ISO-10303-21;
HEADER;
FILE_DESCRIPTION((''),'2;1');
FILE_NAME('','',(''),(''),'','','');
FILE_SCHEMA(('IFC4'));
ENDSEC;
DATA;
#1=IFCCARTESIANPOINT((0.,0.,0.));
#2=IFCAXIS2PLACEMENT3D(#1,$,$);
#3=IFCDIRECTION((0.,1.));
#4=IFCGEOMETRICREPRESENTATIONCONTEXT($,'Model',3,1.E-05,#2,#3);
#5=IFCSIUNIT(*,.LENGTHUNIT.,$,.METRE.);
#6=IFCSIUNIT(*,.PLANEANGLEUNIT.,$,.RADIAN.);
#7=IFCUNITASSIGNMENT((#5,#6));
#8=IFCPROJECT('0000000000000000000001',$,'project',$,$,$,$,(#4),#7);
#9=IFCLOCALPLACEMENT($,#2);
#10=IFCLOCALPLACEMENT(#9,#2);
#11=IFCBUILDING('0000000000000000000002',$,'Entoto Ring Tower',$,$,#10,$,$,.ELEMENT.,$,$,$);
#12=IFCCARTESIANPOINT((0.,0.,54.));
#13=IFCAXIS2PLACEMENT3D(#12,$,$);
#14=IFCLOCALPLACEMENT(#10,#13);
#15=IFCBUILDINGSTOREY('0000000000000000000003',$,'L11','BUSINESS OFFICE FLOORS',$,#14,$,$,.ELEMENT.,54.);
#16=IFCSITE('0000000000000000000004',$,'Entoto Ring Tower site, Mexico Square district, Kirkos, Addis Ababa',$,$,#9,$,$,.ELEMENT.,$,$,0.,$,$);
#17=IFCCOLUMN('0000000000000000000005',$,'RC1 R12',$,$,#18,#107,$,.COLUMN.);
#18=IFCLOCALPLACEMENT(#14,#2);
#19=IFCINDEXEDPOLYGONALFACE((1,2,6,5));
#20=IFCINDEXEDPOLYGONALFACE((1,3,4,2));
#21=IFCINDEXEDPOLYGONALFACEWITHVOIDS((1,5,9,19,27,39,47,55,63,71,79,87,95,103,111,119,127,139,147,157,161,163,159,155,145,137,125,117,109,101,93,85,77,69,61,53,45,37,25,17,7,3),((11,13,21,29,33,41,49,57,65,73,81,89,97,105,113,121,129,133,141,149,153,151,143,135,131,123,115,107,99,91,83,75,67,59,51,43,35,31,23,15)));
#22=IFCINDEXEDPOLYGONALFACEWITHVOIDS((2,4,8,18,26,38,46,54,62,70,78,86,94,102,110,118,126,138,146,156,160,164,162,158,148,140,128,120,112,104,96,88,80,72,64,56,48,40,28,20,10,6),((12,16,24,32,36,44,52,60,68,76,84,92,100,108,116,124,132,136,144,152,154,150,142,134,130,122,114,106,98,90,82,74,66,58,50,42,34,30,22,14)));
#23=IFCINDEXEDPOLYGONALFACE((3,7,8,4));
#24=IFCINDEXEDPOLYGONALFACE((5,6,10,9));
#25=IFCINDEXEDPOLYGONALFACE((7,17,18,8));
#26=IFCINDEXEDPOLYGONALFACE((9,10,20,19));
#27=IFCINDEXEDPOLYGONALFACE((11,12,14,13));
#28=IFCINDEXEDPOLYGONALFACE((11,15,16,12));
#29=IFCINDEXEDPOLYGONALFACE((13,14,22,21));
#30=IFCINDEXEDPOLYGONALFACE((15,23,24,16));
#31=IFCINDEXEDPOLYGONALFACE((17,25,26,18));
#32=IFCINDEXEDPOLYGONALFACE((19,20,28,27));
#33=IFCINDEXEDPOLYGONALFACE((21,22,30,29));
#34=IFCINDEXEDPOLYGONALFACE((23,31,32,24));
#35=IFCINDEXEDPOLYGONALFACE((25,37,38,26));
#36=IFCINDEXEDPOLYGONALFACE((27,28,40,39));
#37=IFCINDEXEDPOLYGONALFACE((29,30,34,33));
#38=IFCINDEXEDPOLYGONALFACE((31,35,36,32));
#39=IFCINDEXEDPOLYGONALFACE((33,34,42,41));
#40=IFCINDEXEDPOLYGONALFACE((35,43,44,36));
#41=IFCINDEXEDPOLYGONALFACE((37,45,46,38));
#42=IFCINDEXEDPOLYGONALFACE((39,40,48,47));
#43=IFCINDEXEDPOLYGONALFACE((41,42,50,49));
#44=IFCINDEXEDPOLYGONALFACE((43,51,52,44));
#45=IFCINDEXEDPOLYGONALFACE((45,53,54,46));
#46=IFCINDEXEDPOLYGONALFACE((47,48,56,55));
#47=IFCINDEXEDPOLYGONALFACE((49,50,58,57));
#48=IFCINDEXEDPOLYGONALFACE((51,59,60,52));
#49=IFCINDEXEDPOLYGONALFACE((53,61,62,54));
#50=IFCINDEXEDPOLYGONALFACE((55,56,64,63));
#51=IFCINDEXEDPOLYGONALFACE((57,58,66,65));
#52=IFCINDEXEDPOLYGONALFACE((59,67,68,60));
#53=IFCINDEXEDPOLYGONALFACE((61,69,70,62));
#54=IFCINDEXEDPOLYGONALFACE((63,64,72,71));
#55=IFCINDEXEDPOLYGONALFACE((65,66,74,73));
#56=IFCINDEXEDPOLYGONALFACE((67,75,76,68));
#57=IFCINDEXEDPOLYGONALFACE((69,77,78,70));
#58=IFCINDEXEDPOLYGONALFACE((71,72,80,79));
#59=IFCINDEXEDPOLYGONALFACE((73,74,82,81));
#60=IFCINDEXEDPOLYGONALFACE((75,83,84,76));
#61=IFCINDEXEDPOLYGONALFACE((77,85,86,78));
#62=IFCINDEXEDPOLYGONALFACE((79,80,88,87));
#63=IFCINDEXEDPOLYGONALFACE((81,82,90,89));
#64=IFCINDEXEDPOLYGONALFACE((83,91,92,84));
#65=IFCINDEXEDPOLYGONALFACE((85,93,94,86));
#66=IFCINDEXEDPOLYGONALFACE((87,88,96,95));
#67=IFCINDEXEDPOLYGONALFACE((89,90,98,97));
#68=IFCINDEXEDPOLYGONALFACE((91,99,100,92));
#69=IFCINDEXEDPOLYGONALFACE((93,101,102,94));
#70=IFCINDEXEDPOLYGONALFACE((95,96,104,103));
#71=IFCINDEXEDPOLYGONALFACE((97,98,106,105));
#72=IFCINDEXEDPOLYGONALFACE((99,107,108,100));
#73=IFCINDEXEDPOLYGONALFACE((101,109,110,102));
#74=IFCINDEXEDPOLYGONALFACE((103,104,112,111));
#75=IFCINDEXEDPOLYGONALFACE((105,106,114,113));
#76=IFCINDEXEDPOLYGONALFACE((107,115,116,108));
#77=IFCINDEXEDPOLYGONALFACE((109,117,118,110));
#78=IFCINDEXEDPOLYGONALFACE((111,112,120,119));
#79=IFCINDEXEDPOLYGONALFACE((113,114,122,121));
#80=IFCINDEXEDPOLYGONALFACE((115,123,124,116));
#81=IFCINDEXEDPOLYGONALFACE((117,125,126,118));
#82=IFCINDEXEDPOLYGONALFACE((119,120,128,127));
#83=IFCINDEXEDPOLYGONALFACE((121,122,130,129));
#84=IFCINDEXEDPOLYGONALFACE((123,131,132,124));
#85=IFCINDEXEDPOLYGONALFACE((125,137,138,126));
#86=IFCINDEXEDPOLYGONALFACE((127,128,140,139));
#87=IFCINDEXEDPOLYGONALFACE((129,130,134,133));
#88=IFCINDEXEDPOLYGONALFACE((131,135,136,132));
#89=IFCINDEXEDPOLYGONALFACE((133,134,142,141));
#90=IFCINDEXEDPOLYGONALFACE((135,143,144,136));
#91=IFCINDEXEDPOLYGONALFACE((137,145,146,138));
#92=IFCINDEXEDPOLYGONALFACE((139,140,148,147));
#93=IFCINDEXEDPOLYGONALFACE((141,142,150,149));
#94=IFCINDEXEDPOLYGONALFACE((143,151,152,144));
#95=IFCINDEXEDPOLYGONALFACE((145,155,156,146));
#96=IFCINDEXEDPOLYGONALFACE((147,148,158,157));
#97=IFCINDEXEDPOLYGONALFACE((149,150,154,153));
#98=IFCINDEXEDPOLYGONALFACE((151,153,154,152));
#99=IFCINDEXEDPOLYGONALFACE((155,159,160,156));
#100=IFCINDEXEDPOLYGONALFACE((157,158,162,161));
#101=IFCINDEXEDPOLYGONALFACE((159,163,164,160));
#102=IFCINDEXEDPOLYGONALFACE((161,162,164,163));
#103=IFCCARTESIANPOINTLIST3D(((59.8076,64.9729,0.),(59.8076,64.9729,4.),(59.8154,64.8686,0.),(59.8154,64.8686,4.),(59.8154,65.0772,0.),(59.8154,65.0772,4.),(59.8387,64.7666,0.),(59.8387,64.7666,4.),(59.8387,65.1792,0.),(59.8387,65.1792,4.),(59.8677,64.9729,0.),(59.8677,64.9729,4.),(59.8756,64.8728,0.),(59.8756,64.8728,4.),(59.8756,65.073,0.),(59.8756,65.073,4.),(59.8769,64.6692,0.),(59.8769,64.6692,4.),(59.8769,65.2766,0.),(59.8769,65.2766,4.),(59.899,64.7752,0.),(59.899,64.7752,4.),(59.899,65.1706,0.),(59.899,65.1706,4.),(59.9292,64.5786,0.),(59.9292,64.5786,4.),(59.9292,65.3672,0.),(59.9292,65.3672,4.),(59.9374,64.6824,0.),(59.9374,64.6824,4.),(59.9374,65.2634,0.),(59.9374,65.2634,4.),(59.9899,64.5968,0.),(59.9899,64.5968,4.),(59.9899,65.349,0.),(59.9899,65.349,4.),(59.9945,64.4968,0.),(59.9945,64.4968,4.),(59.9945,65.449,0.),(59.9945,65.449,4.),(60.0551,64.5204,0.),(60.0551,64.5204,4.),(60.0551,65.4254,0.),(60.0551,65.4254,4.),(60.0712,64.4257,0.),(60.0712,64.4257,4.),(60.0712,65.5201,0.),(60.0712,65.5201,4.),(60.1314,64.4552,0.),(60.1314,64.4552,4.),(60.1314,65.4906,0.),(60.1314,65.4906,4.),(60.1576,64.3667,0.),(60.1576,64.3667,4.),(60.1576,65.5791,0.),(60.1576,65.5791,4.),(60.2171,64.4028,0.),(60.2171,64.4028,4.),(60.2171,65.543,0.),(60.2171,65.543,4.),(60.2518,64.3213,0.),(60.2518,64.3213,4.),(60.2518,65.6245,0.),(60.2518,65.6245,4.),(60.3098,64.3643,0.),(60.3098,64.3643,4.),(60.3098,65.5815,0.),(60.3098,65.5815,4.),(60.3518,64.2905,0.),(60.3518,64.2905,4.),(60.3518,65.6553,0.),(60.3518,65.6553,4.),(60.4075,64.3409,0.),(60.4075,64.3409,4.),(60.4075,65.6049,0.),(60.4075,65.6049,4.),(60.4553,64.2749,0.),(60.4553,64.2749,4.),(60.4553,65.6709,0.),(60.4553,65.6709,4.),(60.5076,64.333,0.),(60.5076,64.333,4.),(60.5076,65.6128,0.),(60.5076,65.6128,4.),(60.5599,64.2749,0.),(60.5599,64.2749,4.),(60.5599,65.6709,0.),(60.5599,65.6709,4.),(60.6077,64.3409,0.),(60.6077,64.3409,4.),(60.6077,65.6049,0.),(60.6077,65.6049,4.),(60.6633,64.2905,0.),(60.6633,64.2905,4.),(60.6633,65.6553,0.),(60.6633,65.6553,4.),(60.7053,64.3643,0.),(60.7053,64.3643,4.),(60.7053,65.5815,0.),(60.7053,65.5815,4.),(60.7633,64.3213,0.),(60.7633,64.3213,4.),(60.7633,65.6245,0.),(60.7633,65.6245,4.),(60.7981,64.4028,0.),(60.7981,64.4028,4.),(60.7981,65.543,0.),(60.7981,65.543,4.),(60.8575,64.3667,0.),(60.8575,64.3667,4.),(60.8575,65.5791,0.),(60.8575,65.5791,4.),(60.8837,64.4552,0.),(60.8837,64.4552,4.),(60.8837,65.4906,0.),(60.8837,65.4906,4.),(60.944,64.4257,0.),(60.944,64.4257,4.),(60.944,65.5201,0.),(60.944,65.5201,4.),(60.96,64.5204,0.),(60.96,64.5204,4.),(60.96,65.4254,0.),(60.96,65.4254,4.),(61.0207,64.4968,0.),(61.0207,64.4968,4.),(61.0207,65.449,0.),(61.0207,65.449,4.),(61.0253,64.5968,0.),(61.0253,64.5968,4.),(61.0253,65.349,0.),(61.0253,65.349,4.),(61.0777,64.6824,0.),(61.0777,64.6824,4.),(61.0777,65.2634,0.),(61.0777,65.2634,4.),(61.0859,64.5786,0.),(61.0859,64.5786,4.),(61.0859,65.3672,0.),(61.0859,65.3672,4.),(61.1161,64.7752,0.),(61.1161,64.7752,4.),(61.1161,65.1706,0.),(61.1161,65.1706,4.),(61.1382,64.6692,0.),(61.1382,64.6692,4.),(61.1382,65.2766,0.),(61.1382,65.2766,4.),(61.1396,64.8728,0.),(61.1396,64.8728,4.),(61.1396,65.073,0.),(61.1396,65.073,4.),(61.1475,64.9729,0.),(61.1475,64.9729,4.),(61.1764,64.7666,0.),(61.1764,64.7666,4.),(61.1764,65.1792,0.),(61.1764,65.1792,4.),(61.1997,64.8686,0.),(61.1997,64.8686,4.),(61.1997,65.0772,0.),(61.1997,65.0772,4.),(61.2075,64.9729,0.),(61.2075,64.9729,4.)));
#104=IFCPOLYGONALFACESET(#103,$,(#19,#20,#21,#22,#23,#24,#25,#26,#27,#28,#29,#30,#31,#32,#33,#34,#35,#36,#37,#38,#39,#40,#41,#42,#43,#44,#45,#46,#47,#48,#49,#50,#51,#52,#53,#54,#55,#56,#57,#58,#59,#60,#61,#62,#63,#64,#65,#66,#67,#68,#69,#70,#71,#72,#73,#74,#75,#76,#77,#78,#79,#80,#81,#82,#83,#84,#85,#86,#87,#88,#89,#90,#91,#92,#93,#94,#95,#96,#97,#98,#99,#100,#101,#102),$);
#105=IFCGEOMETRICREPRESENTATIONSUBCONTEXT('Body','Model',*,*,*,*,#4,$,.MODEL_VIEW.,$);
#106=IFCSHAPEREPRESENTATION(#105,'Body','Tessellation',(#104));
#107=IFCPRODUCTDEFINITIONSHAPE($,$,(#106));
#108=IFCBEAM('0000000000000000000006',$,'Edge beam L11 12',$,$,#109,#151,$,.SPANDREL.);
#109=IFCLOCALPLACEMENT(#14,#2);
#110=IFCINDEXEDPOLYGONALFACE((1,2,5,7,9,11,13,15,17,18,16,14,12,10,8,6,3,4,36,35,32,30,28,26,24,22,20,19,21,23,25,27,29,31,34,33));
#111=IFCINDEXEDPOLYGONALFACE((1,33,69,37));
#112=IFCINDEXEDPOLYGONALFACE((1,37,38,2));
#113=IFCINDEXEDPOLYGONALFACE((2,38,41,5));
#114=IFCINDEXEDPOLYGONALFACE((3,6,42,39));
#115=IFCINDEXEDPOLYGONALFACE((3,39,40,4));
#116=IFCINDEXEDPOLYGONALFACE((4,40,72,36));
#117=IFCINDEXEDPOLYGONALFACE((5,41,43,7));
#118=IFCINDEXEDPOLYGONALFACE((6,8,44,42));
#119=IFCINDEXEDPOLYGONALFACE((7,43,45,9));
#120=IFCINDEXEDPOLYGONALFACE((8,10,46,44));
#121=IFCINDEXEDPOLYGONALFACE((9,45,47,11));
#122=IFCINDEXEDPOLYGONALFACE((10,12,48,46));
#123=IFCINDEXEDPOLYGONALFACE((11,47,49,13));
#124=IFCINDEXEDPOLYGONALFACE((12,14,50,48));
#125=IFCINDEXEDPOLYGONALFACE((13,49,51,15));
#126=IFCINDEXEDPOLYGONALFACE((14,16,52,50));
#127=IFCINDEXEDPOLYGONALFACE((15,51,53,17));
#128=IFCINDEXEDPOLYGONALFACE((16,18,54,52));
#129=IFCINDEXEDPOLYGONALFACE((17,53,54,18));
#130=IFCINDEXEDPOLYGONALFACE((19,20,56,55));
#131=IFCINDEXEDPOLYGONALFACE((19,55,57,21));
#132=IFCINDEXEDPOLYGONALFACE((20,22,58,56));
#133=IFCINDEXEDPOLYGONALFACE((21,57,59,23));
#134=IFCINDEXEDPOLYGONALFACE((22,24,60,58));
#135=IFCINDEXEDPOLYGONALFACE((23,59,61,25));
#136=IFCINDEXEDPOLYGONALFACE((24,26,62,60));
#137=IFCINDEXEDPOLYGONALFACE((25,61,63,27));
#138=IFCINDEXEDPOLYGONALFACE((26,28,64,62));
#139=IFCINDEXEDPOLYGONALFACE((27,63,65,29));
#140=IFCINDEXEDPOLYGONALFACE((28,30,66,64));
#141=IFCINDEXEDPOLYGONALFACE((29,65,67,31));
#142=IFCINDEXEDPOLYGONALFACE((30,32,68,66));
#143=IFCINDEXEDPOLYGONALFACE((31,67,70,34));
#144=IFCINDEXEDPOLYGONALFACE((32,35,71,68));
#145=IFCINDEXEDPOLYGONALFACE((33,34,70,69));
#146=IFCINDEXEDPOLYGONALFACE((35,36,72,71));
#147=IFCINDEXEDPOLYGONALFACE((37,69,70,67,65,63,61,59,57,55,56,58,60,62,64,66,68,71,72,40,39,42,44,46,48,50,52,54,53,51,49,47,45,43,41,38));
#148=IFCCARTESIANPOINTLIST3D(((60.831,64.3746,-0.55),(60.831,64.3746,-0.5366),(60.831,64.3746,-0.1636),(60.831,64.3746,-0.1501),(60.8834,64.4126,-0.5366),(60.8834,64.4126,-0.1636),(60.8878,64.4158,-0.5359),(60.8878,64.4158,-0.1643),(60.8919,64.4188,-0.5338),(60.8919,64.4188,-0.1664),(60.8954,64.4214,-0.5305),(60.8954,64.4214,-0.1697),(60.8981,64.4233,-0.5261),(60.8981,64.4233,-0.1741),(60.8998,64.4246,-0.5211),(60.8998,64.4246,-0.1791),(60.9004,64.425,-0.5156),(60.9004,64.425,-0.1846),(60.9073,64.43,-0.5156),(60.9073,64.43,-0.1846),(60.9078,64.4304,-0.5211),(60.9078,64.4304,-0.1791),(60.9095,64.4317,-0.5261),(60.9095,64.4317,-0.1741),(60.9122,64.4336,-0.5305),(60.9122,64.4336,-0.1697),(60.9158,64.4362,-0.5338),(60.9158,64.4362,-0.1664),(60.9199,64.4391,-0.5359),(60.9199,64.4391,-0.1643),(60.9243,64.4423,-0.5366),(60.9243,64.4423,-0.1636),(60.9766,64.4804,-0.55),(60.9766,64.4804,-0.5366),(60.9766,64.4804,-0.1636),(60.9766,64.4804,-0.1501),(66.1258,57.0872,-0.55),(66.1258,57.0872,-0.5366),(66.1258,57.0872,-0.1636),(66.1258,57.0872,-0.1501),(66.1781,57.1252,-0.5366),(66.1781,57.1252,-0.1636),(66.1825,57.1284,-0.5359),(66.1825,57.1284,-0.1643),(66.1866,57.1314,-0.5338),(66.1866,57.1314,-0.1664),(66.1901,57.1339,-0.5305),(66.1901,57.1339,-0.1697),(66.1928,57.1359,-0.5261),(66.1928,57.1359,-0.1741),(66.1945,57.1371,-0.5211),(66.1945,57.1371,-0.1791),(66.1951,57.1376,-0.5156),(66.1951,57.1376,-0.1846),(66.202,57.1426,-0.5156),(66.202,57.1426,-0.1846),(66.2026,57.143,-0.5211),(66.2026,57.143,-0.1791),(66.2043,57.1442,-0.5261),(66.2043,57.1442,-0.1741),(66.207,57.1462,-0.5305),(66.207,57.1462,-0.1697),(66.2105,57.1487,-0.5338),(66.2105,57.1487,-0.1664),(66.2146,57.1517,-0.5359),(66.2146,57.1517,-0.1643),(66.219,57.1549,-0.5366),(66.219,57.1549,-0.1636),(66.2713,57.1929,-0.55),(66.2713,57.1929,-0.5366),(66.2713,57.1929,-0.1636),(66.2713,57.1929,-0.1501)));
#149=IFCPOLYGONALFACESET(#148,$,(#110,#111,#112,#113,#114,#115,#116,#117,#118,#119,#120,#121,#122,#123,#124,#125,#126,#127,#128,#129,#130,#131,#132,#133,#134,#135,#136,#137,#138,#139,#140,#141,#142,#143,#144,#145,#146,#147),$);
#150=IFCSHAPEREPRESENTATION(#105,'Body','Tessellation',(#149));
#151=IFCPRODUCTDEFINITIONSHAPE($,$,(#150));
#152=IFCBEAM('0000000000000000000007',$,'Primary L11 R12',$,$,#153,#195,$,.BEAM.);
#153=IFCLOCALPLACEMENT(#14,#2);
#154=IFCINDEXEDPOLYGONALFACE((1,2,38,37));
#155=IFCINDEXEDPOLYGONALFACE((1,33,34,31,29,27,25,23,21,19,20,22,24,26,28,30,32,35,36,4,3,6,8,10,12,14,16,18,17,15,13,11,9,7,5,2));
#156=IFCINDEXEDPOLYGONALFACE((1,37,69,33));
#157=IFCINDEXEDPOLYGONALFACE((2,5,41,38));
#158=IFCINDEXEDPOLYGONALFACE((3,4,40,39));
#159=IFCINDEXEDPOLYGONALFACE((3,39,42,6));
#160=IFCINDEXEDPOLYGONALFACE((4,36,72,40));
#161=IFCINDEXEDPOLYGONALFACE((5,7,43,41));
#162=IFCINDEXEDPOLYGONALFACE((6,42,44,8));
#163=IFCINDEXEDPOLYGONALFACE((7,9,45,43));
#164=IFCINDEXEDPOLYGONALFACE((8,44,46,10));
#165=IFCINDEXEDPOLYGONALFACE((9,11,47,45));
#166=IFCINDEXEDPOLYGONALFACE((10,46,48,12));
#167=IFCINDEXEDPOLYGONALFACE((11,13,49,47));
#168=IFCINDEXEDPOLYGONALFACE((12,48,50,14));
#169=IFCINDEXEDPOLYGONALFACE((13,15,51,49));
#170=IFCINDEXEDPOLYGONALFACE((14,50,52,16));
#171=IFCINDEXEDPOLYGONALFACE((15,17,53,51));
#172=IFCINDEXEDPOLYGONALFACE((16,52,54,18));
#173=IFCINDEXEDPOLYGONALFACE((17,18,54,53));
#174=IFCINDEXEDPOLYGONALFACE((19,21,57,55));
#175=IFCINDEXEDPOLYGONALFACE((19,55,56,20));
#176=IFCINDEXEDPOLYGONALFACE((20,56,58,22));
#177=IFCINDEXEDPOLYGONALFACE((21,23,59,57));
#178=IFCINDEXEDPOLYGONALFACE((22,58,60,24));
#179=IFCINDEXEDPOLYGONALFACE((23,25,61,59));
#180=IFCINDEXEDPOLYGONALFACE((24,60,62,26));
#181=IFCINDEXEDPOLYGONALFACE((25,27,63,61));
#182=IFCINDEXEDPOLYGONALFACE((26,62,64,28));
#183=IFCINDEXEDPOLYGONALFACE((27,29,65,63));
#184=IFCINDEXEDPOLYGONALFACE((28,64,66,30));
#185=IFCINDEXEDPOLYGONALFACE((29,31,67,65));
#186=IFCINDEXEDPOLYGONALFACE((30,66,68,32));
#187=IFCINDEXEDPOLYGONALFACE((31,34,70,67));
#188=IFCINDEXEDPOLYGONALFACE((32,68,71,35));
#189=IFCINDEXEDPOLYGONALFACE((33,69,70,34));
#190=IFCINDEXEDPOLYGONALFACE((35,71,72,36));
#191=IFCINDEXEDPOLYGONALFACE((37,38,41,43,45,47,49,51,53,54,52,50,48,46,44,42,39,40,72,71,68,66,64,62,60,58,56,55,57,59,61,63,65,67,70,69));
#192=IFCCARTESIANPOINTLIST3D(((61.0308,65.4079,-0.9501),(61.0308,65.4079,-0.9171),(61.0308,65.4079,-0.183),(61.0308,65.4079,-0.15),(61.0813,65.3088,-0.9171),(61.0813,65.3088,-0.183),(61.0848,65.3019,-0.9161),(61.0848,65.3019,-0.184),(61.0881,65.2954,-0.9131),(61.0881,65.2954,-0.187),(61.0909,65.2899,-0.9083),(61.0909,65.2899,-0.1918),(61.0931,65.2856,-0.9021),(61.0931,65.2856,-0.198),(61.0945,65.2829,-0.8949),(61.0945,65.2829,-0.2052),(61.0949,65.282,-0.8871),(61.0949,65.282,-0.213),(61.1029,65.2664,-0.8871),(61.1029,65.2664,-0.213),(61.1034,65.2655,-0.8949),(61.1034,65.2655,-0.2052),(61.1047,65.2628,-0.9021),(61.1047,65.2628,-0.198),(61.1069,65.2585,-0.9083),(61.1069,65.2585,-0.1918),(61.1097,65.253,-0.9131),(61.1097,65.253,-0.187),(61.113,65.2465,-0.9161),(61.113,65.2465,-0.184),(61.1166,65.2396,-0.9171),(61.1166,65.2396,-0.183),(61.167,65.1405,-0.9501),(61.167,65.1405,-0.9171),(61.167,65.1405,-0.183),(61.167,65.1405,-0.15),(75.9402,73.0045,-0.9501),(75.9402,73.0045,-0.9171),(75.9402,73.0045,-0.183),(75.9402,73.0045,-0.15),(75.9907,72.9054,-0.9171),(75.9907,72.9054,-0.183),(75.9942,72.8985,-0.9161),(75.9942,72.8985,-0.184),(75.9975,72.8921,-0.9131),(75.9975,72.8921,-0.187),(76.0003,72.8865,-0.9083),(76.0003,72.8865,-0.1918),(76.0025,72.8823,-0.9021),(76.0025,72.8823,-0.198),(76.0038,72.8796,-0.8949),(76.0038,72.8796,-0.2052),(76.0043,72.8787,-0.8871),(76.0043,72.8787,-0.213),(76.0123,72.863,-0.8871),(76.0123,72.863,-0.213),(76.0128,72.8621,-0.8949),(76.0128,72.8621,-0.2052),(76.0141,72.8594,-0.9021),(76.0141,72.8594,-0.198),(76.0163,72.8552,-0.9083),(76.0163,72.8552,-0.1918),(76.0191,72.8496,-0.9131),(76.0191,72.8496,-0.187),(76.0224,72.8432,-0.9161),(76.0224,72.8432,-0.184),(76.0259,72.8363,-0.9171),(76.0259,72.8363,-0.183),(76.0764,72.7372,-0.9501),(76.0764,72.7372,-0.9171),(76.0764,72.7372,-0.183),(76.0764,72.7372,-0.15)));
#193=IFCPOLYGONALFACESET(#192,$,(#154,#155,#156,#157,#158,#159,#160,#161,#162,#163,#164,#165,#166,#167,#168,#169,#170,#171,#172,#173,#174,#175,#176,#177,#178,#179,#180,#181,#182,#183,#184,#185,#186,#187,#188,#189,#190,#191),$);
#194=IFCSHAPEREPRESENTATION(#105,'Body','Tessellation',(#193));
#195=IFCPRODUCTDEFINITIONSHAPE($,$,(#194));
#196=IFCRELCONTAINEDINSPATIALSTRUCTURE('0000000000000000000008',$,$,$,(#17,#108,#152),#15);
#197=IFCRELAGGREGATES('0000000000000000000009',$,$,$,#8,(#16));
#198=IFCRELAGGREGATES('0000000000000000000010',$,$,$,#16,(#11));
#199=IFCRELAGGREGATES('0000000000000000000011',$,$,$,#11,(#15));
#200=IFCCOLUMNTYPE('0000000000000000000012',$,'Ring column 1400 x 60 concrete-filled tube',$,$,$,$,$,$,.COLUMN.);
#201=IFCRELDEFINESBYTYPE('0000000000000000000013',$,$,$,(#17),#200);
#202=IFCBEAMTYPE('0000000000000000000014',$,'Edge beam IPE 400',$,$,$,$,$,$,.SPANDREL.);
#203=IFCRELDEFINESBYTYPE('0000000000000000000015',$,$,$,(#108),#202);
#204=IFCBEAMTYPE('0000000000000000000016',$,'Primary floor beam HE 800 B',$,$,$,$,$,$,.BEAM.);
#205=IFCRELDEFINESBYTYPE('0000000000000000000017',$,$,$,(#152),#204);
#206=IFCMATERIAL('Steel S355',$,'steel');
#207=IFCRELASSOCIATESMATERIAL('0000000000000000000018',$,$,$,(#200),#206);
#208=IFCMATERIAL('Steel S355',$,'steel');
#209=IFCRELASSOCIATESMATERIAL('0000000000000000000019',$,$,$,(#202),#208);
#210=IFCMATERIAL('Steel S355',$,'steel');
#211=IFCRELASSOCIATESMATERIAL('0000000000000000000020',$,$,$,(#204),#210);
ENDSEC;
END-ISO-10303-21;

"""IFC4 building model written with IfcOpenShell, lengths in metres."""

from ifc_helpers import new_model, si_unit, direction, frame, origin, origin_2d, place, context, subcontext, project, spatial, circle, hollow_circle, i_section, extrude, material, material_profile, profile_set, type_object, element, save


model = new_model("IFC4")

# Units and contexts
model_context = context("Model", 3, precision=1e-05, world=origin(), true_north=direction((0.0, 1.0)))
body_context = subcontext(model_context, "Body", "Model", "MODEL_VIEW")
ifc_project = project(units=[si_unit("LENGTHUNIT", "METRE"), si_unit("PLANEANGLEUNIT", "RADIAN")], contexts=[model_context])

# Site, building, storey
site_placement = place(None, origin())
site = spatial("IfcSite", under=ifc_project, at=site_placement, Name="Entoto Ring Tower site, Mexico Square district, Kirkos, Addis Ababa", CompositionType="ELEMENT", RefElevation=0.0)
building_placement = place(site_placement, origin())
building = spatial("IfcBuilding", under=site, at=building_placement, Name="Entoto Ring Tower", CompositionType="ELEMENT")
storey_placement = place(building_placement, frame((0.0, 0.0, 54.0)))
storey = spatial("IfcBuildingStorey", under=building, at=storey_placement, Name="L11", Description="BUSINESS OFFICE FLOORS", CompositionType="ELEMENT", Elevation=54.0)

# Column
ifc_material_1 = material(Name="Steel S355", Category="steel")
ifc_material_profile_1 = material_profile(ifc_material_1, hollow_circle(Radius=0.7, WallThickness=0.0601, at=origin_2d()), Name="CHS 1400 x 60")
ifc_material_2 = material(Name="Concrete C60/75", Category="concrete")
ifc_material_profile_2 = material_profile(ifc_material_2, circle(Radius=0.6399, at=origin_2d()), Name="Concrete C60/75 infill")
ifc_profile_set_1 = profile_set([ifc_material_profile_1, ifc_material_profile_2], Name="Steel S355")
column_type = type_object("IfcColumnType", Name="Ring column 1400 x 60 concrete-filled tube", PredefinedType="COLUMN", material=ifc_profile_set_1)
column_placement = place(storey_placement, frame((60.5076, 64.9729, 0.0), z_axis=(0.0, 0.0, 1.0), x_axis=(1.0, 0.0, 0.0)))
element("IfcColumn", 1, at=column_placement, inside=storey, type_object=column_type, Name="RC1 R12", PredefinedType="COLUMN", context=body_context, shape_type="SweptSolid", body=[
    extrude(hollow_circle(Radius=0.7, WallThickness=0.0601, at=origin_2d()), origin(), (0.0, 0.0, 1.0), 4.0),
])

# Beams
ifc_material_3 = material(Name="Steel S355", Category="steel")
ifc_material_profile_3 = material_profile(ifc_material_3, i_section(OverallWidth=0.1799, OverallDepth=0.3999, WebThickness=0.0085, FlangeThickness=0.0134, FilletRadius=0.021, at=origin_2d()), Name="IPE 400")
ifc_profile_set_2 = profile_set([ifc_material_profile_3], Name="Steel S355")
beam_type_1 = type_object("IfcBeamType", Name="Edge beam IPE 400", PredefinedType="SPANDREL", material=ifc_profile_set_2)
beam_1_placement = place(storey_placement, frame((60.9038, 64.4275, -0.3501), z_axis=(0.587793, -0.809011, 0.0), x_axis=(0.809011, 0.587793, 0.0)))
element("IfcBeam", 2, at=beam_1_placement, inside=storey, type_object=beam_type_1, Name="Edge beam L11 12", PredefinedType="SPANDREL", context=body_context, shape_type="SweptSolid", body=[
    extrude(i_section(OverallWidth=0.1799, OverallDepth=0.3999, WebThickness=0.0085, FlangeThickness=0.0134, FilletRadius=0.021, at=origin_2d()), origin(), (0.0, 0.0, 1.0), 9.0078),
])
ifc_material_4 = material(Name="Steel S355", Category="steel")
ifc_material_profile_4 = material_profile(ifc_material_4, i_section(OverallWidth=0.3, OverallDepth=0.8, WebThickness=0.0176, FlangeThickness=0.033, FilletRadius=0.03, at=origin_2d()), Name="HE 800 B")
ifc_profile_set_3 = profile_set([ifc_material_profile_4], Name="Steel S355")
beam_type_2 = type_object("IfcBeamType", Name="Primary floor beam HE 800 B", PredefinedType="BEAM", material=ifc_profile_set_3)
beam_2_placement = place(storey_placement, frame((76.0083, 72.8708, -0.55), z_axis=(-0.891008, -0.453988, 0.0), x_axis=(0.453988, -0.891008, 0.0)))
element("IfcBeam", 3, at=beam_2_placement, inside=storey, type_object=beam_type_2, Name="Primary L11 R12", PredefinedType="BEAM", context=body_context, shape_type="SweptSolid", body=[
    extrude(i_section(OverallWidth=0.3, OverallDepth=0.8, WebThickness=0.0176, FlangeThickness=0.033, FilletRadius=0.03, at=origin_2d()), origin(), (0.0, 0.0, 1.0), 16.7332),
])

save(model, "model.ifc")
